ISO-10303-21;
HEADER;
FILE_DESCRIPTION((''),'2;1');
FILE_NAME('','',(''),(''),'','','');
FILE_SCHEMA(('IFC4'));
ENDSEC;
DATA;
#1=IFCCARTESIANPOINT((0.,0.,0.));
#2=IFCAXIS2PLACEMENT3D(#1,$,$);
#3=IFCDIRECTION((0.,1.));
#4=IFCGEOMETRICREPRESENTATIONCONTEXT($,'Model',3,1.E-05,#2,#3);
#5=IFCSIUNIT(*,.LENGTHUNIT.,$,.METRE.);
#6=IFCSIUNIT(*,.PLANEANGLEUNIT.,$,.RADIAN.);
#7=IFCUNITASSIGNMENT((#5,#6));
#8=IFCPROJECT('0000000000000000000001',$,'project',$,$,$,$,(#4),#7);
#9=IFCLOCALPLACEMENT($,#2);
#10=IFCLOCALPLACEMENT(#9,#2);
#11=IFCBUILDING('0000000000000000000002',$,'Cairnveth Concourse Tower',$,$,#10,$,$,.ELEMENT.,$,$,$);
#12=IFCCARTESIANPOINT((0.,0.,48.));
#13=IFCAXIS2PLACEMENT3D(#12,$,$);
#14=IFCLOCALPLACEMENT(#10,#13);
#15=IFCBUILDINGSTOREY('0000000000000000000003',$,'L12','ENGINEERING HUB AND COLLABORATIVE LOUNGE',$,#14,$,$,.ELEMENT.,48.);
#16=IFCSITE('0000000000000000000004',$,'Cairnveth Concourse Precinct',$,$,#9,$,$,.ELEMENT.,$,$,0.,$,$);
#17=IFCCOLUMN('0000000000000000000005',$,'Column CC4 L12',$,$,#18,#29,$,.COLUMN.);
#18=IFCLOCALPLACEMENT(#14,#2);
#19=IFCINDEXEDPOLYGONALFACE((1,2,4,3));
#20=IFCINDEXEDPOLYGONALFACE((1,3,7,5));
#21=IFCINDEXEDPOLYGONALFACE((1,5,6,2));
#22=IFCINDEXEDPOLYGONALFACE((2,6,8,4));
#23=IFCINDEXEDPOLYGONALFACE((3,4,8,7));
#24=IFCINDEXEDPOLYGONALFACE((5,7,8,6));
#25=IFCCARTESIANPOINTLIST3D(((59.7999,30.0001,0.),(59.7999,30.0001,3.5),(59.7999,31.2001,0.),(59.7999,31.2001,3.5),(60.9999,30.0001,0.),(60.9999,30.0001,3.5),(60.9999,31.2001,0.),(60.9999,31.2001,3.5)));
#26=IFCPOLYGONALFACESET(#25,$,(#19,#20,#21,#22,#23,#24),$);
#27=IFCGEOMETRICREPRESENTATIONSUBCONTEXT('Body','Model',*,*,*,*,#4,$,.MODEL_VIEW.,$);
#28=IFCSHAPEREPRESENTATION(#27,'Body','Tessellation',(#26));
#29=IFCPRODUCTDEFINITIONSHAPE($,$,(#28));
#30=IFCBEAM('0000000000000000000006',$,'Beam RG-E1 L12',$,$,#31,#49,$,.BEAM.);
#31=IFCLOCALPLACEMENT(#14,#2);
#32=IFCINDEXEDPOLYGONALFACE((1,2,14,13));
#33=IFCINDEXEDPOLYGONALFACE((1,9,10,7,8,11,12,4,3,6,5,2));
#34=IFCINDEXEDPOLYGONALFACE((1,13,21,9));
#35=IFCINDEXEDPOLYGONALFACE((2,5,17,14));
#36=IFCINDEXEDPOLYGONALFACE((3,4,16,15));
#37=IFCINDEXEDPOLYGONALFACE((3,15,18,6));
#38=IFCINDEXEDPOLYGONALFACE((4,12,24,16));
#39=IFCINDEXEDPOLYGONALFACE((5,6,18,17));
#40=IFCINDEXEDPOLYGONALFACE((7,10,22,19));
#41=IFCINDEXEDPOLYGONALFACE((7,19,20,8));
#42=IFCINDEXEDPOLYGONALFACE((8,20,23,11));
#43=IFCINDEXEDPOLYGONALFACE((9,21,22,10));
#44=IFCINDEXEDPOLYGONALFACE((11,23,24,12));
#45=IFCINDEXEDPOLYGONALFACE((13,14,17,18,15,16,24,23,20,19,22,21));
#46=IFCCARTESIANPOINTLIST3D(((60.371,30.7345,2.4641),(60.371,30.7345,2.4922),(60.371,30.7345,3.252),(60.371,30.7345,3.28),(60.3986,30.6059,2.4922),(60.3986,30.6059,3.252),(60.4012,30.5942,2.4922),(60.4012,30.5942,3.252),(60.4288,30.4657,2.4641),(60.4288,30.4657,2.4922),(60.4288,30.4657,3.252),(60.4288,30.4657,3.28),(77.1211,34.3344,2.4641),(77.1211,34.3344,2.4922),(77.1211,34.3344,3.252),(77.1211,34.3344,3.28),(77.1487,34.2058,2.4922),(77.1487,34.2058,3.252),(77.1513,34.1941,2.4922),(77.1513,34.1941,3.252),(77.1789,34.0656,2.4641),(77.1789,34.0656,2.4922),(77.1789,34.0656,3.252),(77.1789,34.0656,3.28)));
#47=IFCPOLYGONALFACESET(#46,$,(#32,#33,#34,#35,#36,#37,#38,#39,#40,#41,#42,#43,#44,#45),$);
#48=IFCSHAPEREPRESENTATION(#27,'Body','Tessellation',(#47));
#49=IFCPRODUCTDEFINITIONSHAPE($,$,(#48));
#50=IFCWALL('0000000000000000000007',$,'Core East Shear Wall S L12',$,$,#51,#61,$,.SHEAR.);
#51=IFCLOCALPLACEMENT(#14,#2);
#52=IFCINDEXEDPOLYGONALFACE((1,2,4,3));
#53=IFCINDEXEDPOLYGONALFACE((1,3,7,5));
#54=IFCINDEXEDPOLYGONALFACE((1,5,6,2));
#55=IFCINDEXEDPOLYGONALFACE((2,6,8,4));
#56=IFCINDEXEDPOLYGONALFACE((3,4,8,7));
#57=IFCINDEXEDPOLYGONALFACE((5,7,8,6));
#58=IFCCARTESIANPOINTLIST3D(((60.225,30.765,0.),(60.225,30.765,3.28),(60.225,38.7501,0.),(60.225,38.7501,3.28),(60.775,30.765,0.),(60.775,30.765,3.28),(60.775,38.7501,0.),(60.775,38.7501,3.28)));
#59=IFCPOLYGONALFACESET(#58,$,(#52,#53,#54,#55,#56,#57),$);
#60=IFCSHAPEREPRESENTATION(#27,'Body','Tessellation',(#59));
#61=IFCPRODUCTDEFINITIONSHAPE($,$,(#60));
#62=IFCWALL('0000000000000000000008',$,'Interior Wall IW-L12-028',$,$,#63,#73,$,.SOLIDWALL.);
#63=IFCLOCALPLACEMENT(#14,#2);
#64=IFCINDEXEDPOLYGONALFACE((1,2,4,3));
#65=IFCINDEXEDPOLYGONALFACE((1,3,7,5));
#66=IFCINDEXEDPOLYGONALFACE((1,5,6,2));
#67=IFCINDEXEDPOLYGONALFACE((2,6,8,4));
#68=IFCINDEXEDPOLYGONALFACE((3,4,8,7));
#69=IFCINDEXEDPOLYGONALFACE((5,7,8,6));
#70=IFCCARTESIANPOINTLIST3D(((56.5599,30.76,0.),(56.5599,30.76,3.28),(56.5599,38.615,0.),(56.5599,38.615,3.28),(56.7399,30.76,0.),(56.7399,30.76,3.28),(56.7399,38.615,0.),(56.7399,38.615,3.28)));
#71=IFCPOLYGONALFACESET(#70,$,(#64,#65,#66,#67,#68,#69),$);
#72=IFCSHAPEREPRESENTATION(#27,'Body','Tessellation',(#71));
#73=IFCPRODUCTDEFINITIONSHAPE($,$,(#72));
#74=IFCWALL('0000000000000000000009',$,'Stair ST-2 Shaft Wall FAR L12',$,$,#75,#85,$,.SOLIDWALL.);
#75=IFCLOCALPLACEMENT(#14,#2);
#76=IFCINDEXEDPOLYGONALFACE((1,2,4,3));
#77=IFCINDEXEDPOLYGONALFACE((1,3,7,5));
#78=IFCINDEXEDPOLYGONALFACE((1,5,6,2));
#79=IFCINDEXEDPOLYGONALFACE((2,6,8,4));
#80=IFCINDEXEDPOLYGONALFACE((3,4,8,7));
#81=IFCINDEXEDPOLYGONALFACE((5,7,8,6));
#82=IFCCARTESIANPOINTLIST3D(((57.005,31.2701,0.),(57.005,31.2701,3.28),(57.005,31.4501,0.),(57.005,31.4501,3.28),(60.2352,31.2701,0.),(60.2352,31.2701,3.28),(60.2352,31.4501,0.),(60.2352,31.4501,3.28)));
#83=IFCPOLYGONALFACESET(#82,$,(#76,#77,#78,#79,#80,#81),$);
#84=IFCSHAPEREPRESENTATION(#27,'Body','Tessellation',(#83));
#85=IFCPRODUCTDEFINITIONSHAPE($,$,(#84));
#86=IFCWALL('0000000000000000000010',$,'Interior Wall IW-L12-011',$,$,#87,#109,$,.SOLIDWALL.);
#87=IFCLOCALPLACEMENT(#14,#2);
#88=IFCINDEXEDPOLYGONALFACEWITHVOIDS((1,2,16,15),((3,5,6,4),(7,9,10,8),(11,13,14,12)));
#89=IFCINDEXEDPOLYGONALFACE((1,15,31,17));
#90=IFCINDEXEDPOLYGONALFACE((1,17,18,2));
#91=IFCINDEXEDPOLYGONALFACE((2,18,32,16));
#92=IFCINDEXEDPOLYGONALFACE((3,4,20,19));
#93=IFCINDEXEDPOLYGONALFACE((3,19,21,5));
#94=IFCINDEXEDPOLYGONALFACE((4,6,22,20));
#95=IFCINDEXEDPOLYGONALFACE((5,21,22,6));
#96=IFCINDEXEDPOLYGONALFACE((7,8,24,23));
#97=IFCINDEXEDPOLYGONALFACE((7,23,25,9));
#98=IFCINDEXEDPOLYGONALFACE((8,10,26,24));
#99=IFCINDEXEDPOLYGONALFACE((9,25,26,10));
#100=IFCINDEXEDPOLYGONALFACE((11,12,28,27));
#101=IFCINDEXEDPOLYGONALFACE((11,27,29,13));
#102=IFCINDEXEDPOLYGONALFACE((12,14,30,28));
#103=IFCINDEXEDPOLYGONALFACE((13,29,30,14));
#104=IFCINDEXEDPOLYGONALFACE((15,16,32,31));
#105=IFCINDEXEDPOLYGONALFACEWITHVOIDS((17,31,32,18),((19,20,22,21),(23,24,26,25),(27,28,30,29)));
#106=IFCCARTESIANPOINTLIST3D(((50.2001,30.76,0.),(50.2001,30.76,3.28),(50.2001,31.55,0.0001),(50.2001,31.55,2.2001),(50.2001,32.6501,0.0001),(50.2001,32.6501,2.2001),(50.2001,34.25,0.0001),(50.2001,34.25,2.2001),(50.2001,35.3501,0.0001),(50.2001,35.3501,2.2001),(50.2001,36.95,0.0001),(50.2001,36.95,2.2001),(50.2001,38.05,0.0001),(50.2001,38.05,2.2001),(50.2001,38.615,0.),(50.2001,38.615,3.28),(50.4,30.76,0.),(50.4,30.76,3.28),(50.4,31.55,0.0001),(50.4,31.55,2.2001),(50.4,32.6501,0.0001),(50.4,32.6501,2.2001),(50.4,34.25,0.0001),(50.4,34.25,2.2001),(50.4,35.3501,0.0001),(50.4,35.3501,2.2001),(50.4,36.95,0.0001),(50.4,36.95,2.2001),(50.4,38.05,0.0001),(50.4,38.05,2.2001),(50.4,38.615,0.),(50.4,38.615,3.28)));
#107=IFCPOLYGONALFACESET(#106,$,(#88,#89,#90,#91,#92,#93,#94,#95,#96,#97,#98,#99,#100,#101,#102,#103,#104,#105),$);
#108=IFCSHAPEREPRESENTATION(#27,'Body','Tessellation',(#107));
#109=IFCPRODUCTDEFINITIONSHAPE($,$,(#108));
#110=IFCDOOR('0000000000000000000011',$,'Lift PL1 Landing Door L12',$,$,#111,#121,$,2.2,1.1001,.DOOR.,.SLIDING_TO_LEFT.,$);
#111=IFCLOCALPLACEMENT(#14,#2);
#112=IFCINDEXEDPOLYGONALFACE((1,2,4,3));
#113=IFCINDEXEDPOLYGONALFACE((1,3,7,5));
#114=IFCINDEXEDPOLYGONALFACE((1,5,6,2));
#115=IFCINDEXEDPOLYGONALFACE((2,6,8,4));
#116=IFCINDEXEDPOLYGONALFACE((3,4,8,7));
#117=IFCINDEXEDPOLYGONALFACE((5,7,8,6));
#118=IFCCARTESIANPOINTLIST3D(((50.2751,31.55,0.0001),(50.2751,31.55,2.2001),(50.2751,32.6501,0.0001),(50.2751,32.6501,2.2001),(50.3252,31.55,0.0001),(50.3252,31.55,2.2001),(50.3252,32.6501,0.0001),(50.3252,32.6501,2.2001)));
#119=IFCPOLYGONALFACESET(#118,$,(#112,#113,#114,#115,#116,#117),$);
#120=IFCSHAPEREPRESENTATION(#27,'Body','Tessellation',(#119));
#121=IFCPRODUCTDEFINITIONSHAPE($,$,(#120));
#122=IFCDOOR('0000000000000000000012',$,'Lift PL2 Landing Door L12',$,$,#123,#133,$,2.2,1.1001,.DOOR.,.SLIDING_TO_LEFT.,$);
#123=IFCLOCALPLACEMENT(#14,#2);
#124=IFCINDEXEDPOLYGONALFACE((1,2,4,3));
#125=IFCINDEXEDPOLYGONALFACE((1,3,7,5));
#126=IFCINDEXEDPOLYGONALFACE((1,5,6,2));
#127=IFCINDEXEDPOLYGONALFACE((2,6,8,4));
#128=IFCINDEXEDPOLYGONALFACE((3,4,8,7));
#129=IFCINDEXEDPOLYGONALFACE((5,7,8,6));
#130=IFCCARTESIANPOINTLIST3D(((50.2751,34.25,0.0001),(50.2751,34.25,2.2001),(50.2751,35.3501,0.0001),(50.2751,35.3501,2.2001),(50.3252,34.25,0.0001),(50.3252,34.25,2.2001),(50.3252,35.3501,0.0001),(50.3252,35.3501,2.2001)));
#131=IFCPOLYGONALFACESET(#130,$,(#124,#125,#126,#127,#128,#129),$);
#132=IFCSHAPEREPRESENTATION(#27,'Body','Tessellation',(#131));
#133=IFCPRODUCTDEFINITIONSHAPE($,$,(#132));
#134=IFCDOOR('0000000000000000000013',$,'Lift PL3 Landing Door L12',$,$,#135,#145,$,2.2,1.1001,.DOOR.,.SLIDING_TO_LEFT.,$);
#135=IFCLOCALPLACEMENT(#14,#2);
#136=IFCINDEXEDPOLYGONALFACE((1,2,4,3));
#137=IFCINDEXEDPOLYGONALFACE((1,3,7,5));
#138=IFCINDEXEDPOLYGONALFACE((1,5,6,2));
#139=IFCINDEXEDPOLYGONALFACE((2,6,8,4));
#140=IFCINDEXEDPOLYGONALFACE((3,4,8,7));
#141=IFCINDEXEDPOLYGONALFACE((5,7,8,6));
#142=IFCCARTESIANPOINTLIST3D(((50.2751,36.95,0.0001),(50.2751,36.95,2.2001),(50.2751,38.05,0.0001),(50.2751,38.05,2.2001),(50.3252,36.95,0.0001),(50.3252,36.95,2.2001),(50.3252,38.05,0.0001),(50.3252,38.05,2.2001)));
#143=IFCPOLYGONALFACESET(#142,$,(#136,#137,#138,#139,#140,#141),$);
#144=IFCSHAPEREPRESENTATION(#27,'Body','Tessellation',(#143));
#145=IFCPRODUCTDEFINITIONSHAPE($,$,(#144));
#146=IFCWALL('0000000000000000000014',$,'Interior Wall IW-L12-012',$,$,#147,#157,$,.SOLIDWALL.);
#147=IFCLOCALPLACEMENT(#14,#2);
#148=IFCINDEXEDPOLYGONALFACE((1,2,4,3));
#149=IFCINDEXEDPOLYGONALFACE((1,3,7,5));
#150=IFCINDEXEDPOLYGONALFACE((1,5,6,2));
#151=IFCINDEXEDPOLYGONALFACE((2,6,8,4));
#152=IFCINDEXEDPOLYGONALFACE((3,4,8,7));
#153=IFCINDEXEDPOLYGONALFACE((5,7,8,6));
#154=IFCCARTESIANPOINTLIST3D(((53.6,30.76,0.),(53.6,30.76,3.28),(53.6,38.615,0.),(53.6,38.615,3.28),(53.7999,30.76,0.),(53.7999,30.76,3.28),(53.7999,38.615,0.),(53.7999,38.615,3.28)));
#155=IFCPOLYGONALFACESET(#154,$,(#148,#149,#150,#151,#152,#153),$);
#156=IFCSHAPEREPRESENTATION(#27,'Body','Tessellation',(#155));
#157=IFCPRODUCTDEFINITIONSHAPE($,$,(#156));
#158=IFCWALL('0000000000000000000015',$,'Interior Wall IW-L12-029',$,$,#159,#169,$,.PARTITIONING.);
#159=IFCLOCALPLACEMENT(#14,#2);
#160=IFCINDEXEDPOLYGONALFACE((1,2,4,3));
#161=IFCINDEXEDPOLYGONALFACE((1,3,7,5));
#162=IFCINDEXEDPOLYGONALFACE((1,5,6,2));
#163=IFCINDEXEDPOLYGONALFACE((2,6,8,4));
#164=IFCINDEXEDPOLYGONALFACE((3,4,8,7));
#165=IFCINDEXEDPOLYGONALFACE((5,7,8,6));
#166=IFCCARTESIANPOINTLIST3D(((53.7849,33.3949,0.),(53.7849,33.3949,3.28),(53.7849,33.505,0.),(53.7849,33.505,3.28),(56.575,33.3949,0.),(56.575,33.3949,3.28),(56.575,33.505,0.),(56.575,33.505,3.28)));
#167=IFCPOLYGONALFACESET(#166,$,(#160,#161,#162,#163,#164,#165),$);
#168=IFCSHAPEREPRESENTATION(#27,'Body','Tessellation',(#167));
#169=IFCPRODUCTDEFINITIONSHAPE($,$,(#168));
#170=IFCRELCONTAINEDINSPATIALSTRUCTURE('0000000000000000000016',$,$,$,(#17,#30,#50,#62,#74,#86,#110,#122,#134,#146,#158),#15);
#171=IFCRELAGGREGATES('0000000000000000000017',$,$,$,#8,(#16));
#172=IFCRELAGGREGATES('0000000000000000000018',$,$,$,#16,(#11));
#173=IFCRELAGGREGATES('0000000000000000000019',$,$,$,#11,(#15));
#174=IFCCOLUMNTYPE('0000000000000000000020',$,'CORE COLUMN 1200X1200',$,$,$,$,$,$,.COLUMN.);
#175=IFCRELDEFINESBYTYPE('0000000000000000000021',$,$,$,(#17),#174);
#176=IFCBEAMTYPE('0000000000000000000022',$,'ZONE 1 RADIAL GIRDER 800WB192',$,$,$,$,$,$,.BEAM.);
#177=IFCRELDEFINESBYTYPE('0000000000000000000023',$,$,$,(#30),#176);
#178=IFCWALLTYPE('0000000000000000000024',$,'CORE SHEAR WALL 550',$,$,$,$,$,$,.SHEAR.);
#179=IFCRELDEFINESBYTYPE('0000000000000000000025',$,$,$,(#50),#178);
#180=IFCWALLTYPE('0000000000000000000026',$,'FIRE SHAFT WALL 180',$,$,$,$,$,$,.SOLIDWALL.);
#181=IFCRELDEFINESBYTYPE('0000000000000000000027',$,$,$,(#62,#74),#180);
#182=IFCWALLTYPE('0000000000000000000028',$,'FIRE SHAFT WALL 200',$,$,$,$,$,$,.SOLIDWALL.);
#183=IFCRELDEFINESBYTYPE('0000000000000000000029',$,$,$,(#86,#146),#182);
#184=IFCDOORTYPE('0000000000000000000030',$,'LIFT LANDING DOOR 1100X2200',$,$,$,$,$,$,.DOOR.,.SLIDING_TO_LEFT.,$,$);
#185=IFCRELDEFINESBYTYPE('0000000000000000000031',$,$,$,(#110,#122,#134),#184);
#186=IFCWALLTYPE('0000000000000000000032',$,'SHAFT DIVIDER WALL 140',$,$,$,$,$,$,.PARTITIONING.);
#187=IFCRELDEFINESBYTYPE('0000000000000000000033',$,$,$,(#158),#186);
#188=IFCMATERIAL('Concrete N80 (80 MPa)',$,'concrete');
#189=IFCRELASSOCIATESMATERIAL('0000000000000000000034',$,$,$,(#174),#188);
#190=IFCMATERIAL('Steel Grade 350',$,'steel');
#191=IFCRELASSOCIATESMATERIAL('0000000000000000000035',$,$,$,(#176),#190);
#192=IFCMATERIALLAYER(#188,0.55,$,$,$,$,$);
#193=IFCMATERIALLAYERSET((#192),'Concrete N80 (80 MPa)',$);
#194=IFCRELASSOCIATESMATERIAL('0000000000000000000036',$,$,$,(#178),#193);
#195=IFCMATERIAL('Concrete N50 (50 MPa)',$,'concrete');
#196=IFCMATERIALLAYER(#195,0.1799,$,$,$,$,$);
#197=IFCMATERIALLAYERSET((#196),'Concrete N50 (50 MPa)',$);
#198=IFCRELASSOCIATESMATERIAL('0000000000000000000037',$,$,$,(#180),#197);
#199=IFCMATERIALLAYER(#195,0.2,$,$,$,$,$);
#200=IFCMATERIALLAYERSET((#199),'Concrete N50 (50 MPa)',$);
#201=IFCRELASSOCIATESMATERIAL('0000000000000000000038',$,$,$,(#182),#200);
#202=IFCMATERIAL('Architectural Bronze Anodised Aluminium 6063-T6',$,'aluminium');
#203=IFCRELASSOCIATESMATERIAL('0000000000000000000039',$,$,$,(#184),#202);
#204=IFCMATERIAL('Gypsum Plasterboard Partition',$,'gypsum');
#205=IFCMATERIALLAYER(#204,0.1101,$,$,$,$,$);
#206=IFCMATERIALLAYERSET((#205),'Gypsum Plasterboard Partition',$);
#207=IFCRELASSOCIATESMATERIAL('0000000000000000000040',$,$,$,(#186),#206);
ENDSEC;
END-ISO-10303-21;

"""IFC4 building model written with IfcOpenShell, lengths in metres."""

from ifc_helpers import new_model, si_unit, direction, frame, frame_2d, origin, origin_2d, place, context, subcontext, project, spatial, rectangle, i_section, extrude, material, layer, layer_set, material_profile, profile_set, type_object, element, fill, save


model = new_model("IFC4")

# Units and contexts
model_context = context("Model", 3, precision=1e-05, world=origin(), true_north=direction((0.0, 1.0)))
body_context = subcontext(model_context, "Body", "Model", "MODEL_VIEW")
ifc_project = project(units=[si_unit("LENGTHUNIT", "METRE"), si_unit("PLANEANGLEUNIT", "RADIAN")], contexts=[model_context])

# Site, building, storey
site_placement = place(None, origin())
site = spatial("IfcSite", under=ifc_project, at=site_placement, Name="Cairnveth Concourse Precinct", CompositionType="ELEMENT", RefElevation=0.0)
building_placement = place(site_placement, origin())
building = spatial("IfcBuilding", under=site, at=building_placement, Name="Cairnveth Concourse Tower", CompositionType="ELEMENT")
storey_placement = place(building_placement, frame((0.0, 0.0, 48.0)))
storey = spatial("IfcBuildingStorey", under=building, at=storey_placement, Name="L12", Description="ENGINEERING HUB AND COLLABORATIVE LOUNGE", CompositionType="ELEMENT", Elevation=48.0)

# Column
ifc_material_1 = material(Name="Concrete N80 (80 MPa)", Category="concrete")
ifc_material_profile_1 = material_profile(ifc_material_1, rectangle(XDim=1.2, YDim=1.2, at=origin_2d()), Name="RC-COL-1200x1200")
ifc_profile_set_1 = profile_set([ifc_material_profile_1], Name="Concrete N80 (80 MPa)")
column_type = type_object("IfcColumnType", Name="CORE COLUMN 1200X1200", PredefinedType="COLUMN", material=ifc_profile_set_1)
column_placement = place(storey_placement, frame((60.3999, 30.6001, 0.0), z_axis=(0.0, 0.0, 1.0), x_axis=(1.0, 0.0, 0.0)))
element("IfcColumn", 1, at=column_placement, inside=storey, type_object=column_type, Name="Column CC4 L12", PredefinedType="COLUMN", context=body_context, shape_type="SweptSolid", body=[
    extrude(rectangle(XDim=1.2, YDim=1.2, at=origin_2d()), origin(), (0.0, 0.0, 1.0), 3.5),
])

# Beam
ifc_material_2 = material(Name="Steel Grade 350", Category="steel")
ifc_material_profile_2 = material_profile(ifc_material_2, i_section(OverallWidth=0.2749, OverallDepth=0.8159, WebThickness=0.012, FlangeThickness=0.0281, at=origin_2d()), Name="800WB192")
ifc_profile_set_2 = profile_set([ifc_material_profile_2], Name="Steel Grade 350")
beam_type = type_object("IfcBeamType", Name="ZONE 1 RADIAL GIRDER 800WB192", PredefinedType="BEAM", material=ifc_profile_set_2)
beam_placement = place(storey_placement, frame((60.3999, 30.6001, 2.8721), z_axis=(0.977676, 0.210119, 0.0), x_axis=(-0.210119, 0.977676, 0.0)))
element("IfcBeam", 2, at=beam_placement, inside=storey, type_object=beam_type, Name="Beam RG-E1 L12", PredefinedType="BEAM", context=body_context, shape_type="SweptSolid", body=[
    extrude(i_section(OverallWidth=0.2749, OverallDepth=0.8159, WebThickness=0.012, FlangeThickness=0.0281, at=origin_2d()), origin(), (0.0, 0.0, 1.0), 17.1326),
])

# Walls
ifc_layer_1 = layer(ifc_material_1, 0.55)
ifc_layer_set_1 = layer_set([ifc_layer_1], Name="Concrete N80 (80 MPa)")
wall_type_1 = type_object("IfcWallType", Name="CORE SHEAR WALL 550", PredefinedType="SHEAR", material=ifc_layer_set_1)
wall_1_placement = place(storey_placement, frame((60.5, 30.7649, 0.0), z_axis=(0.0, 0.0, 1.0), x_axis=(0.0, 1.0, 0.0)))
element("IfcWall", 3, at=wall_1_placement, inside=storey, type_object=wall_type_1, Name="Core East Shear Wall S L12", PredefinedType="SHEAR", context=body_context, shape_type="SweptSolid", body=[
    extrude(rectangle(XDim=7.9851, YDim=0.55, at=frame_2d((3.9927, 0.0))), origin(), (0.0, 0.0, 1.0), 3.28),
])
ifc_material_3 = material(Name="Concrete N50 (50 MPa)", Category="concrete")
ifc_layer_2 = layer(ifc_material_3, 0.1799)
ifc_layer_set_2 = layer_set([ifc_layer_2], Name="Concrete N50 (50 MPa)")
wall_type_2 = type_object("IfcWallType", Name="FIRE SHAFT WALL 180", PredefinedType="SOLIDWALL", material=ifc_layer_set_2)
wall_2_placement = place(storey_placement, frame((56.6499, 30.76, 0.0), z_axis=(0.0, 0.0, 1.0), x_axis=(0.0, 1.0, 0.0)))
element("IfcWall", 4, at=wall_2_placement, inside=storey, type_object=wall_type_2, Name="Interior Wall IW-L12-028", PredefinedType="SOLIDWALL", context=body_context, shape_type="SweptSolid", body=[
    extrude(rectangle(XDim=7.855, YDim=0.1799, at=frame_2d((3.9275, 0.0))), origin(), (0.0, 0.0, 1.0), 3.28),
])
wall_3_placement = place(storey_placement, frame((57.0049, 31.3601, 0.0), z_axis=(0.0, 0.0, 1.0), x_axis=(1.0, 0.0, 0.0)))
element("IfcWall", 5, at=wall_3_placement, inside=storey, type_object=wall_type_2, Name="Stair ST-2 Shaft Wall FAR L12", PredefinedType="SOLIDWALL", context=body_context, shape_type="SweptSolid", body=[
    extrude(rectangle(XDim=3.2302, YDim=0.1799, at=frame_2d((1.6152, 0.0))), origin(), (0.0, 0.0, 1.0), 3.28),
])

# Wall, openings, doors
ifc_layer_3 = layer(ifc_material_3, 0.2)
ifc_layer_set_3 = layer_set([ifc_layer_3], Name="Concrete N50 (50 MPa)")
wall_type_3 = type_object("IfcWallType", Name="FIRE SHAFT WALL 200", PredefinedType="SOLIDWALL", material=ifc_layer_set_3)
wall_4_placement = place(storey_placement, frame((50.3, 30.76, 0.0), z_axis=(0.0, 0.0, 1.0), x_axis=(0.0, 1.0, 0.0)))
wall_4 = element("IfcWall", 6, at=wall_4_placement, inside=storey, type_object=wall_type_3, Name="Interior Wall IW-L12-011", PredefinedType="SOLIDWALL", context=body_context, shape_type="SweptSolid", body=[
    extrude(rectangle(XDim=7.855, YDim=0.2, at=frame_2d((3.9275, 0.0))), origin(), (0.0, 0.0, 1.0), 3.28),
])
opening_1_placement = place(wall_4_placement, frame((0.79, 0.0, 0.0)))
opening_1 = element("IfcOpeningElement", 7, at=opening_1_placement, cuts=wall_4, PredefinedType="OPENING", context=body_context, shape_type="SweptSolid", body=[
    extrude(rectangle(XDim=1.1001, YDim=2.2, at=frame_2d((0.55, 1.1001))), frame((0.0, 0.1099, 0.0), z_axis=(0.0, -1.0, 0.0), x_axis=(1.0, 0.0, 0.0)), (0.0, 0.0, 1.0), 0.22),
])
opening_2_placement = place(wall_4_placement, frame((3.49, 0.0, 0.0)))
opening_2 = element("IfcOpeningElement", 8, at=opening_2_placement, cuts=wall_4, PredefinedType="OPENING", context=body_context, shape_type="SweptSolid", body=[
    extrude(rectangle(XDim=1.1001, YDim=2.2, at=frame_2d((0.55, 1.1001))), frame((0.0, 0.1099, 0.0), z_axis=(0.0, -1.0, 0.0), x_axis=(1.0, 0.0, 0.0)), (0.0, 0.0, 1.0), 0.22),
])
opening_3_placement = place(wall_4_placement, frame((6.1899, 0.0, 0.0)))
opening_3 = element("IfcOpeningElement", 9, at=opening_3_placement, cuts=wall_4, PredefinedType="OPENING", context=body_context, shape_type="SweptSolid", body=[
    extrude(rectangle(XDim=1.1001, YDim=2.2, at=frame_2d((0.55, 1.1001))), frame((0.0, 0.1099, 0.0), z_axis=(0.0, -1.0, 0.0), x_axis=(1.0, 0.0, 0.0)), (0.0, 0.0, 1.0), 0.22),
])
ifc_material_4 = material(Name="Architectural Bronze Anodised Aluminium 6063-T6", Category="aluminium")
door_type = type_object("IfcDoorType", Name="LIFT LANDING DOOR 1100X2200", OperationType="SLIDING_TO_LEFT", PredefinedType="DOOR", material=ifc_material_4)
door_1_placement = place(opening_1_placement, origin())
door_1 = element("IfcDoor", 10, at=door_1_placement, inside=storey, type_object=door_type, Name="Lift PL1 Landing Door L12", OperationType="SLIDING_TO_LEFT", OverallHeight=2.2, OverallWidth=1.1001, PredefinedType="DOOR", context=body_context, shape_type="SweptSolid", body=[
    extrude(rectangle(XDim=1.1001, YDim=2.2, at=frame_2d((0.55, 1.1001))), frame((0.0, 0.0249, 0.0), z_axis=(0.0, -1.0, 0.0), x_axis=(1.0, 0.0, 0.0)), (0.0, 0.0, 1.0), 0.05),
])
fill(opening_1, door_1)
door_2_placement = place(opening_2_placement, origin())
door_2 = element("IfcDoor", 11, at=door_2_placement, inside=storey, type_object=door_type, Name="Lift PL2 Landing Door L12", OperationType="SLIDING_TO_LEFT", OverallHeight=2.2, OverallWidth=1.1001, PredefinedType="DOOR", context=body_context, shape_type="SweptSolid", body=[
    extrude(rectangle(XDim=1.1001, YDim=2.2, at=frame_2d((0.55, 1.1001))), frame((0.0, 0.0249, 0.0), z_axis=(0.0, -1.0, 0.0), x_axis=(1.0, 0.0, 0.0)), (0.0, 0.0, 1.0), 0.05),
])
fill(opening_2, door_2)
door_3_placement = place(opening_3_placement, origin())
door_3 = element("IfcDoor", 12, at=door_3_placement, inside=storey, type_object=door_type, Name="Lift PL3 Landing Door L12", OperationType="SLIDING_TO_LEFT", OverallHeight=2.2, OverallWidth=1.1001, PredefinedType="DOOR", context=body_context, shape_type="SweptSolid", body=[
    extrude(rectangle(XDim=1.1001, YDim=2.2, at=frame_2d((0.55, 1.1001))), frame((0.0, 0.0249, 0.0), z_axis=(0.0, -1.0, 0.0), x_axis=(1.0, 0.0, 0.0)), (0.0, 0.0, 1.0), 0.05),
])
fill(opening_3, door_3)

# Walls
wall_5_placement = place(storey_placement, frame((53.7, 30.76, 0.0), z_axis=(0.0, 0.0, 1.0), x_axis=(0.0, 1.0, 0.0)))
element("IfcWall", 13, at=wall_5_placement, inside=storey, type_object=wall_type_3, Name="Interior Wall IW-L12-012", PredefinedType="SOLIDWALL", context=body_context, shape_type="SweptSolid", body=[
    extrude(rectangle(XDim=7.855, YDim=0.2, at=frame_2d((3.9275, 0.0))), origin(), (0.0, 0.0, 1.0), 3.28),
])
ifc_material_5 = material(Name="Gypsum Plasterboard Partition", Category="gypsum")
ifc_layer_4 = layer(ifc_material_5, 0.1101)
ifc_layer_set_4 = layer_set([ifc_layer_4], Name="Gypsum Plasterboard Partition")
wall_type_4 = type_object("IfcWallType", Name="SHAFT DIVIDER WALL 140", PredefinedType="PARTITIONING", material=ifc_layer_set_4)
for number, where, z_axis, x_axis, name in (
    (14, (53.7849, 33.45, 0.0), (0.0, 0.0, 1.0), (1.0, 0.0, 0.0), "Interior Wall IW-L12-029"),
):
    element("IfcWall", number, at=place(storey_placement, frame(where, z_axis=z_axis, x_axis=x_axis)), inside=storey, type_object=wall_type_4, Name=name, PredefinedType="PARTITIONING", context=body_context, shape_type="SweptSolid", body=[
        extrude(rectangle(XDim=2.79, YDim=0.1101, at=frame_2d((1.395, 0.0))), origin(), (0.0, 0.0, 1.0), 3.28),
    ])

save(model, "model.ifc")
